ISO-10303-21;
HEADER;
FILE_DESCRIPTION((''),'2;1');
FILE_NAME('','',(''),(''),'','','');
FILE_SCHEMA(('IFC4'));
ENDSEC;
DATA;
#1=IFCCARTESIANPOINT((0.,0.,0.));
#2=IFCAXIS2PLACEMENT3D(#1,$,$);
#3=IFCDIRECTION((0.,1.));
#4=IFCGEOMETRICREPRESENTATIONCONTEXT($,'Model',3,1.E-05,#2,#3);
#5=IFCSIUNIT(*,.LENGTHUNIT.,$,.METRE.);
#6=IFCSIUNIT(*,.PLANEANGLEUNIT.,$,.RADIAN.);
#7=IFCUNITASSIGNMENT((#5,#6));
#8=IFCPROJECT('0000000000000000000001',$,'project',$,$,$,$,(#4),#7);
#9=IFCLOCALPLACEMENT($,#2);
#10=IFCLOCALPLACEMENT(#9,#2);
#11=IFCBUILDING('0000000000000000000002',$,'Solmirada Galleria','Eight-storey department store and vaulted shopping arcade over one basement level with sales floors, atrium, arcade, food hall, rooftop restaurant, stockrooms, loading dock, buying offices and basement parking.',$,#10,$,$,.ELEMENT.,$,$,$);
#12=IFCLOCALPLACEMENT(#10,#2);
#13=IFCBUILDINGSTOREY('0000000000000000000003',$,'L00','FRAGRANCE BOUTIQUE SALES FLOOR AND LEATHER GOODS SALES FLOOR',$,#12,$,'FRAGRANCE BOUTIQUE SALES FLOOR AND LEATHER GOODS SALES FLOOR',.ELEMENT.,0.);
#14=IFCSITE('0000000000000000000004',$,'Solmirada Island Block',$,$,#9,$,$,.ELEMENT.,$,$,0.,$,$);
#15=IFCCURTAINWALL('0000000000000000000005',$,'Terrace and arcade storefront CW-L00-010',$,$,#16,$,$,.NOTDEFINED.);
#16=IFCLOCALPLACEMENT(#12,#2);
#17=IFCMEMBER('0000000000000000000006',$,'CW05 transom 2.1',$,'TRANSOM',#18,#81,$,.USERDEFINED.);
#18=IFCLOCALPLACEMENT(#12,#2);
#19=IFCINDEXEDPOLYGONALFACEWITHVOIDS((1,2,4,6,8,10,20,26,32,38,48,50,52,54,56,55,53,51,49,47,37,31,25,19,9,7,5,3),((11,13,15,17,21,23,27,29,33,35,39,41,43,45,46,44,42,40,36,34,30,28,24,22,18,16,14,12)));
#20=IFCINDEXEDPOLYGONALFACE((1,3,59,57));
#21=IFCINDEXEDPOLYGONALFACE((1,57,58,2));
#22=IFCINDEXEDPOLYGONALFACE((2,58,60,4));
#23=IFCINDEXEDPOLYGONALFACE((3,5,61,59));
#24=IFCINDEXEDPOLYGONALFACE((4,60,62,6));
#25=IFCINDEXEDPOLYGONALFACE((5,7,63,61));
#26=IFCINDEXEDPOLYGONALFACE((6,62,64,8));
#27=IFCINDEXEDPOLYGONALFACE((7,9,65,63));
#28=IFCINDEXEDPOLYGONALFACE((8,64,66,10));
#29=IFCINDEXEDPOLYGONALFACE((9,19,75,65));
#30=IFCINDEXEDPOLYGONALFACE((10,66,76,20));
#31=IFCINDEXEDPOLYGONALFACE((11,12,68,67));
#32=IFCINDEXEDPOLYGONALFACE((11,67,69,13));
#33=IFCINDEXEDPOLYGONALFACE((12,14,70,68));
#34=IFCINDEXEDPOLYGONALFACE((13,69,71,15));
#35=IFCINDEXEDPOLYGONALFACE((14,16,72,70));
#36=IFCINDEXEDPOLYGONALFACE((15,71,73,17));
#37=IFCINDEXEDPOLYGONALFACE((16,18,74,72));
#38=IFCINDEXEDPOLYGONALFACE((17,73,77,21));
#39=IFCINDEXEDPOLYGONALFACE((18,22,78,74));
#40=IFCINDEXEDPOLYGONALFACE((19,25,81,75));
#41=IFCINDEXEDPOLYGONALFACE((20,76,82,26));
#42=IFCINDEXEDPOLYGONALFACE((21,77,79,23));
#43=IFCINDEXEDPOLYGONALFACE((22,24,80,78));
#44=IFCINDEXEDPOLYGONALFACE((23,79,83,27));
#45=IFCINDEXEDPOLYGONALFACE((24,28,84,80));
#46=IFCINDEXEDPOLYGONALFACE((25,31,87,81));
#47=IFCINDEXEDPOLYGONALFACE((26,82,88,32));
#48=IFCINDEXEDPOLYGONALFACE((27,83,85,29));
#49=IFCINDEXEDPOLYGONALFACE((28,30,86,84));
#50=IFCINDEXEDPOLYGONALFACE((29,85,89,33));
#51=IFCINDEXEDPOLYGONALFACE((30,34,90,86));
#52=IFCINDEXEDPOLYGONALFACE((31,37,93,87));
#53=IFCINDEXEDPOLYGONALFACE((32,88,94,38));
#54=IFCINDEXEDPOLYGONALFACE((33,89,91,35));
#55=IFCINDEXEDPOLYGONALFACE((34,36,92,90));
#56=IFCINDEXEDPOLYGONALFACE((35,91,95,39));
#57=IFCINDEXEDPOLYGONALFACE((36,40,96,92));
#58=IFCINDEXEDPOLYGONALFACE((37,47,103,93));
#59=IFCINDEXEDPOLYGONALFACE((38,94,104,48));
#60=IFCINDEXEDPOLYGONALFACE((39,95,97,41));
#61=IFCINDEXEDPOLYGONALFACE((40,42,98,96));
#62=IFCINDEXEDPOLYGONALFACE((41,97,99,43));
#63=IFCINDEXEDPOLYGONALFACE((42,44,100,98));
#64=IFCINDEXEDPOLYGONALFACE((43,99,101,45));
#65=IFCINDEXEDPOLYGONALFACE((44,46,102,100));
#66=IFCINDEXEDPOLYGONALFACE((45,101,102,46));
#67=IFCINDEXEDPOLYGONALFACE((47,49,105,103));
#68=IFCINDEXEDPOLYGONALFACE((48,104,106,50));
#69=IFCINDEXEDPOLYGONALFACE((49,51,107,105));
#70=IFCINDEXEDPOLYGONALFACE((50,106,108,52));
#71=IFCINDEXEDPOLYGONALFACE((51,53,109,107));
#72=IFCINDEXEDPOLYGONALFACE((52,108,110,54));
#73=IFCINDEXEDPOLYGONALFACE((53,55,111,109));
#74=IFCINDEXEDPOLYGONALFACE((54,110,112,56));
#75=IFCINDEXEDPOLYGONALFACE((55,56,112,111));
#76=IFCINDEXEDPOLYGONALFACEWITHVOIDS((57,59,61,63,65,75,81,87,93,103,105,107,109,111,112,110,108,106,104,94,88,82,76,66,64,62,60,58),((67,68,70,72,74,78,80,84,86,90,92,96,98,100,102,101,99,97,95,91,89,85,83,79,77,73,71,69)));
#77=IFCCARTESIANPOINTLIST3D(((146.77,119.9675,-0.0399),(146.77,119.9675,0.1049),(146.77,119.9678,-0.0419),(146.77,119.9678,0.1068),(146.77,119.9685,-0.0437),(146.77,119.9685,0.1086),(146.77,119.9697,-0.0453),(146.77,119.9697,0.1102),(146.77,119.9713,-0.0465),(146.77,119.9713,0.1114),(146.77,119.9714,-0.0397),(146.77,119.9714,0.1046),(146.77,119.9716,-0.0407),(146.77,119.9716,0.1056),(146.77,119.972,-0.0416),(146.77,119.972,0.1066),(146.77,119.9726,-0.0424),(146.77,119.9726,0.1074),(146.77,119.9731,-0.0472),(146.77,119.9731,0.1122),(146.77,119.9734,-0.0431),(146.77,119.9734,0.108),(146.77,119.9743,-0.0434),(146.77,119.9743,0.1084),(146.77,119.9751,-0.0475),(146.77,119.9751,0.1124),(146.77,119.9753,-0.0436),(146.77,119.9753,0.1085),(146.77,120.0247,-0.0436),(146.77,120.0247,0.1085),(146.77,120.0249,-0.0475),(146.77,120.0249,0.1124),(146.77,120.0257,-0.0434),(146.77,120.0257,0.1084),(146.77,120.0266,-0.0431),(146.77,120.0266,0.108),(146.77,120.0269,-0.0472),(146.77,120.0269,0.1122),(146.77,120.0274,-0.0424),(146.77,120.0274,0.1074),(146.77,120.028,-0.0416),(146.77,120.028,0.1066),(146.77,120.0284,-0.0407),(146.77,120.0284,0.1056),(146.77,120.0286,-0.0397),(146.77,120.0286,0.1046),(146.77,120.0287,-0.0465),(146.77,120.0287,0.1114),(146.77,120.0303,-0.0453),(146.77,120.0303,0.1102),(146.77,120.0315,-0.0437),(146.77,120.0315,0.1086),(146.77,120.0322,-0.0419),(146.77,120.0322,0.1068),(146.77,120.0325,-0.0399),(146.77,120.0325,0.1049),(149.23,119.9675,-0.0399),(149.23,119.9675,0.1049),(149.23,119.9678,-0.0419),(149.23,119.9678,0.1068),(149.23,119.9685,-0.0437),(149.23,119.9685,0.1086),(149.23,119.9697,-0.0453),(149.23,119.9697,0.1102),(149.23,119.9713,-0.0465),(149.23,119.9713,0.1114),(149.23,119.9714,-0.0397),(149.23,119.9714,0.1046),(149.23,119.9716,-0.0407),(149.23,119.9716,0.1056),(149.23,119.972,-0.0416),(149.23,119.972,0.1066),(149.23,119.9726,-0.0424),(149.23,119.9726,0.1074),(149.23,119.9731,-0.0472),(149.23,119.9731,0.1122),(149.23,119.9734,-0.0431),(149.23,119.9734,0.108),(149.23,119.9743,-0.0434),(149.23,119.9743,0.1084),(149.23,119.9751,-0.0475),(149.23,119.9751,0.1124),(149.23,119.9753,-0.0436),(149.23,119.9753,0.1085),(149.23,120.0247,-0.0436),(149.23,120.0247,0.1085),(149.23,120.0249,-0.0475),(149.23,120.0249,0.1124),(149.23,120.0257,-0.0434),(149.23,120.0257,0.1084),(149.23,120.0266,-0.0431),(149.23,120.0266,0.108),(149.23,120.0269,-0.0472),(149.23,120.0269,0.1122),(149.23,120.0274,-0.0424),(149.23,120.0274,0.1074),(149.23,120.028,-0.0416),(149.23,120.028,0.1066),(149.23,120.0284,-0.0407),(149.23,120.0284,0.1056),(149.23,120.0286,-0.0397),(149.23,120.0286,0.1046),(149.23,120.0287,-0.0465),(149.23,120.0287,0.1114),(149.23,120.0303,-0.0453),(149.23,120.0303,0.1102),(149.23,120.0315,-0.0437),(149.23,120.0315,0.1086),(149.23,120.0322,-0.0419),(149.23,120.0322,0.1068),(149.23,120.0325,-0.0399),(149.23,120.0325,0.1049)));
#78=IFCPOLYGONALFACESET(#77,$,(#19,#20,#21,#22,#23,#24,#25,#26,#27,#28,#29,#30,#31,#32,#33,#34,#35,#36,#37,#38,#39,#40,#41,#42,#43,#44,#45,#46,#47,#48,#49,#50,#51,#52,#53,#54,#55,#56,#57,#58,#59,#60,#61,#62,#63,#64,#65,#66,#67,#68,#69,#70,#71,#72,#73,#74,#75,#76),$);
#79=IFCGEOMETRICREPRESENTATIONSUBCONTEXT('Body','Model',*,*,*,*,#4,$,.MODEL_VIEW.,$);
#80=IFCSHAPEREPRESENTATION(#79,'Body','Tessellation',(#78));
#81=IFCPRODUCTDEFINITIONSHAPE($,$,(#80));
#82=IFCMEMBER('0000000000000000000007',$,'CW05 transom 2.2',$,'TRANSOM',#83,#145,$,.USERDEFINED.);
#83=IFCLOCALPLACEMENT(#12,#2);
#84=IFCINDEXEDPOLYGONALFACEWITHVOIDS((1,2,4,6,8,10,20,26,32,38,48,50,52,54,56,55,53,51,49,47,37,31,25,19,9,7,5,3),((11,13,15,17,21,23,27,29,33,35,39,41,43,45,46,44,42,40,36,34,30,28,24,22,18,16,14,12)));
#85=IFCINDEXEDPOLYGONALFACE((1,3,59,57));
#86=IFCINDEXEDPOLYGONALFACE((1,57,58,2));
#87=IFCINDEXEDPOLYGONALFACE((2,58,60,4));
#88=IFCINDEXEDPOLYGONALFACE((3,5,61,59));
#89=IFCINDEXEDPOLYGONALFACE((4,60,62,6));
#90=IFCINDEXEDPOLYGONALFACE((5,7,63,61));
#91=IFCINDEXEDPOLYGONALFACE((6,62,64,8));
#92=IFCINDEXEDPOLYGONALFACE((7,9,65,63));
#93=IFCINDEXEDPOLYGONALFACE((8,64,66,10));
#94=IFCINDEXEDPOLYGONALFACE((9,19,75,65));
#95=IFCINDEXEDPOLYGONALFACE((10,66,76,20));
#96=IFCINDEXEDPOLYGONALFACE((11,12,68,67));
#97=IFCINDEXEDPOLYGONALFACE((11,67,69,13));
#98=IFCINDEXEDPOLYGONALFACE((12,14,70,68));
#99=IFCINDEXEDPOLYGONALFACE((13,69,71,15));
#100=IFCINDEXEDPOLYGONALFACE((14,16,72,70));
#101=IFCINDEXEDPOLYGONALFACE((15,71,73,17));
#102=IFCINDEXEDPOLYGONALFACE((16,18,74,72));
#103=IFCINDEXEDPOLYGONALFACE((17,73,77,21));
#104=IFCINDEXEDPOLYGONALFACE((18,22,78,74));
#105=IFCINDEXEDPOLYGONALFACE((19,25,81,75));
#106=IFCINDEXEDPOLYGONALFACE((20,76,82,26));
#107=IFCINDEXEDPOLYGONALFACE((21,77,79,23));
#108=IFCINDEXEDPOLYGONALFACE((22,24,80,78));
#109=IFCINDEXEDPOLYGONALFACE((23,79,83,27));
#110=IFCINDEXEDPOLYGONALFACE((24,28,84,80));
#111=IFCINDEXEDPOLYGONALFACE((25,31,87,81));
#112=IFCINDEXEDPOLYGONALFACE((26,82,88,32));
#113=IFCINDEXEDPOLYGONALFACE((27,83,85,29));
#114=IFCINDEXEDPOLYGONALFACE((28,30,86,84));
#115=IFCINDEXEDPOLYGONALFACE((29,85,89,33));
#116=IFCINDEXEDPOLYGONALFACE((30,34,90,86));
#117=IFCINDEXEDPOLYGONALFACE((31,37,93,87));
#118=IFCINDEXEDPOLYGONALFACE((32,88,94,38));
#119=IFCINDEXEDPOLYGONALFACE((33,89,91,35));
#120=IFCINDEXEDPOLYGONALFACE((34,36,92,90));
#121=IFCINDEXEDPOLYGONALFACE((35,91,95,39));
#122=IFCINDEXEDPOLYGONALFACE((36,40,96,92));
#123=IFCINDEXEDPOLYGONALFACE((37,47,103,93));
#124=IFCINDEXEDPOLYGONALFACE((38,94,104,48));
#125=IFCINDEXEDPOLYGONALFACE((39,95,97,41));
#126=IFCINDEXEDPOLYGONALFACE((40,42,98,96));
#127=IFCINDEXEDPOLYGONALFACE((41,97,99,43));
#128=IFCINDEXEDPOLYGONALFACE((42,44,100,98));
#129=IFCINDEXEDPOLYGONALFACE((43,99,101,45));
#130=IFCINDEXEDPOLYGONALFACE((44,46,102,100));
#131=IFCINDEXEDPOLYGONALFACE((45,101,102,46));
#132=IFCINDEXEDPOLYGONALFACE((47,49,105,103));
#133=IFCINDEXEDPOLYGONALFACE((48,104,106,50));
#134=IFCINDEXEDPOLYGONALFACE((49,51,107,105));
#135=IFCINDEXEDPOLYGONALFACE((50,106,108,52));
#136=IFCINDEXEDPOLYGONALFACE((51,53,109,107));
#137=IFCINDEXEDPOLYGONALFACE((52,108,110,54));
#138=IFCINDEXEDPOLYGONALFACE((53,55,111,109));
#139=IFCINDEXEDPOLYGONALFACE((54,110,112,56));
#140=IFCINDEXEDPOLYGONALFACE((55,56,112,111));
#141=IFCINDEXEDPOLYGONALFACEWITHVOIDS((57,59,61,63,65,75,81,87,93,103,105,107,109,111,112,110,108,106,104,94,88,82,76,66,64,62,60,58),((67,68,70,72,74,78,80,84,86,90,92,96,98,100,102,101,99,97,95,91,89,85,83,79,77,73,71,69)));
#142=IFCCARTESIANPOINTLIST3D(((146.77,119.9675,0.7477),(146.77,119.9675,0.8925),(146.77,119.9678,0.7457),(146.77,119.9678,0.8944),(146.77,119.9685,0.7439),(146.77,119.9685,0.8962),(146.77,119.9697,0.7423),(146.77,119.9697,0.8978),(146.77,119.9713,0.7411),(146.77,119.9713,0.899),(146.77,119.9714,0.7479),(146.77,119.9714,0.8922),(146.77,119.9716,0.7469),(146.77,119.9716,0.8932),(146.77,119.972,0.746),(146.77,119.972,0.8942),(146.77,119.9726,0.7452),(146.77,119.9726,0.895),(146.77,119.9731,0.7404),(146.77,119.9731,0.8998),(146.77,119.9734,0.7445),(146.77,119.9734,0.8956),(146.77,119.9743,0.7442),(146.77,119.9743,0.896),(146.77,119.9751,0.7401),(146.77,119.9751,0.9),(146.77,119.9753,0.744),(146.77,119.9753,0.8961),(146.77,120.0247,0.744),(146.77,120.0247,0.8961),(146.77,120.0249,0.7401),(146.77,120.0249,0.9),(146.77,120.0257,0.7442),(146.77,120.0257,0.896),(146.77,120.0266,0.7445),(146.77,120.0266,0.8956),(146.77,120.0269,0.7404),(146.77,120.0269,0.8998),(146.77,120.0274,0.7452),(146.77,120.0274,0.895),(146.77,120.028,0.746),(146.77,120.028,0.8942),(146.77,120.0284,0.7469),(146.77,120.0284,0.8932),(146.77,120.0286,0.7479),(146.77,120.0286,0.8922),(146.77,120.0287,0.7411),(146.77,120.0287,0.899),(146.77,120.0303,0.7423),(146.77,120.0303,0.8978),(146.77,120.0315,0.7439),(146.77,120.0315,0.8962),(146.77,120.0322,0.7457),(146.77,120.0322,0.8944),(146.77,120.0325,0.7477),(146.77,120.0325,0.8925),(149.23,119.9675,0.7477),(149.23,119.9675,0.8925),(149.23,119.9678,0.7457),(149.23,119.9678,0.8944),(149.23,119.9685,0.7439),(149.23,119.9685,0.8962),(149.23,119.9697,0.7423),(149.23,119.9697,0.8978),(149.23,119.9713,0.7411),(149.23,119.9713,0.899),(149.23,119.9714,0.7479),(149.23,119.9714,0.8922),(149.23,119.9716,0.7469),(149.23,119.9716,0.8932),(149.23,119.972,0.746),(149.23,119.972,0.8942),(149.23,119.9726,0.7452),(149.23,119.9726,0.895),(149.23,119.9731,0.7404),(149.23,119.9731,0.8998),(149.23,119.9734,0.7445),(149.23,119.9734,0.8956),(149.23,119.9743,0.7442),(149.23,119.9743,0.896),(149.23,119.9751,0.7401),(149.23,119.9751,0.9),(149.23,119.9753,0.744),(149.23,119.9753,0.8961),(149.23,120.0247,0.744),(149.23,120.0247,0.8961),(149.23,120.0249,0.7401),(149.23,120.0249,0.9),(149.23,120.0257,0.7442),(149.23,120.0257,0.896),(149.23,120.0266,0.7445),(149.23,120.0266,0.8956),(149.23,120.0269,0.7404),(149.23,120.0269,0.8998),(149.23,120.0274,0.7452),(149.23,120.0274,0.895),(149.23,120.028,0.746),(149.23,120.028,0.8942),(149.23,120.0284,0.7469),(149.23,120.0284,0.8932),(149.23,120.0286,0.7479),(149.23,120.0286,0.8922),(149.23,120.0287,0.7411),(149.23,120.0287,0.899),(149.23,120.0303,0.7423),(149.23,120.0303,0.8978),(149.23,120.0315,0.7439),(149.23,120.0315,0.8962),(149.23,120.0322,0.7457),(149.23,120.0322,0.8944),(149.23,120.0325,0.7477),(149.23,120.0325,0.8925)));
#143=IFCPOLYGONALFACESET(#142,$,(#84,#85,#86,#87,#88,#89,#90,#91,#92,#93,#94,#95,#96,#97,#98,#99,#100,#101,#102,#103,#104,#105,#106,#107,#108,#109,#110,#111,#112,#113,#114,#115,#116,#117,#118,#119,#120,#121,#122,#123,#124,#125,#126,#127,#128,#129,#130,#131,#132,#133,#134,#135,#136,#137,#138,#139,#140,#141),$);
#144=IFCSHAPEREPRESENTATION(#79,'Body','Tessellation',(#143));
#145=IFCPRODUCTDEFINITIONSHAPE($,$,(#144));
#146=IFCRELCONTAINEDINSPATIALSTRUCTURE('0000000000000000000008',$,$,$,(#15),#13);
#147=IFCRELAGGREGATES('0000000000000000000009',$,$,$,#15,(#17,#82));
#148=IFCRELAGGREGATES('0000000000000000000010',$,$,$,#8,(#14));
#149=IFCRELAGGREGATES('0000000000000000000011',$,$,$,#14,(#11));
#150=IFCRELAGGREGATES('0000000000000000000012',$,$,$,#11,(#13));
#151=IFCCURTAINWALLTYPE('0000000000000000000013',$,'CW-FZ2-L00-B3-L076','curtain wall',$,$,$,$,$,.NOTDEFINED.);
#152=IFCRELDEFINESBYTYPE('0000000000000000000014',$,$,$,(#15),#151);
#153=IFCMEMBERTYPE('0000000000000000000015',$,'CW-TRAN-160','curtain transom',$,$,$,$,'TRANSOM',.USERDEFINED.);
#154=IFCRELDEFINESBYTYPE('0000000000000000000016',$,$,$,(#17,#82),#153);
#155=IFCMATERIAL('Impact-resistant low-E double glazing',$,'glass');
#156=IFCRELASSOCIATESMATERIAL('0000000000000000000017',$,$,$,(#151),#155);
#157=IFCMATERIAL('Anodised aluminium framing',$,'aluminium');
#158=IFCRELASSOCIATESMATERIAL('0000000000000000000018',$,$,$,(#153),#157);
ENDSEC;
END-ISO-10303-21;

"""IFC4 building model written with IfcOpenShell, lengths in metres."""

from ifc_helpers import new_model, si_unit, direction, frame, origin, origin_2d, place, context, subcontext, project, spatial, hollow_rectangle, extrude, material, material_profile, profile_set, type_object, element, aggregate, save


model = new_model("IFC4")

# Units and contexts
model_context = context("Model", 3, precision=1e-05, world=origin(), true_north=direction((0.0, 1.0)))
body_context = subcontext(model_context, "Body", "Model", "MODEL_VIEW")
ifc_project = project(units=[si_unit("LENGTHUNIT", "METRE"), si_unit("PLANEANGLEUNIT", "RADIAN")], contexts=[model_context])

# Site, building, storey
site_placement = place(None, origin())
site = spatial("IfcSite", under=ifc_project, at=site_placement, Name="Solmirada Island Block", CompositionType="ELEMENT", RefElevation=0.0)
building_placement = place(site_placement, origin())
building = spatial("IfcBuilding", under=site, at=building_placement, Name="Solmirada Galleria", Description="Eight-storey department store and vaulted shopping arcade over one basement level with sales floors, atrium, arcade, food hall, rooftop restaurant, stockrooms, loading dock, buying offices and basement parking.", CompositionType="ELEMENT")
storey_placement = place(building_placement, origin())
storey = spatial("IfcBuildingStorey", under=building, at=storey_placement, Name="L00", Description="FRAGRANCE BOUTIQUE SALES FLOOR AND LEATHER GOODS SALES FLOOR", LongName="FRAGRANCE BOUTIQUE SALES FLOOR AND LEATHER GOODS SALES FLOOR", CompositionType="ELEMENT", Elevation=0.0)

# Curtain wall
ifc_material_1 = material(Name="Impact-resistant low-E double glazing", Category="glass")
curtain_wall_type = type_object("IfcCurtainWallType", Name="CW-FZ2-L00-B3-L076", Description="curtain wall", PredefinedType="NOTDEFINED", material=ifc_material_1)
curtain_wall_1_placement = place(storey_placement, origin())
curtain_wall_1 = element("IfcCurtainWall", 1, at=curtain_wall_1_placement, inside=storey, type_object=curtain_wall_type, Name="Terrace and arcade storefront CW-L00-010", PredefinedType="NOTDEFINED")
ifc_material_2 = material(Name="Anodised aluminium framing", Category="aluminium")

# Members
ifc_material_profile_1 = material_profile(ifc_material_2, hollow_rectangle(XDim=0.0649, YDim=0.1599, WallThickness=0.0039, InnerFilletRadius=0.0039, OuterFilletRadius=0.0076, at=origin_2d()), Name="ALU-TRAN-160X65")
ifc_profile_set_1 = profile_set([ifc_material_profile_1], Name="Anodised aluminium framing")
member_type_1 = type_object("IfcMemberType", Name="CW-TRAN-160", Description="curtain transom", ElementType="TRANSOM", PredefinedType="USERDEFINED", material=ifc_profile_set_1)
member_1_placement = place(storey_placement, frame((146.77, 120.0, 0.0325), z_axis=(1.0, 0.0, 0.0), x_axis=(0.0, 1.0, 0.0)))
member_1 = element("IfcMember", 2, at=member_1_placement, type_object=member_type_1, Name="CW05 transom 2.1", ObjectType="TRANSOM", PredefinedType="USERDEFINED", context=body_context, shape_type="SweptSolid", body=[
    extrude(hollow_rectangle(XDim=0.0649, YDim=0.1599, WallThickness=0.0039, InnerFilletRadius=0.0039, OuterFilletRadius=0.0076, at=origin_2d()), origin(), (0.0, 0.0, 1.0), 2.46),
])
member_2_placement = place(storey_placement, frame((146.77, 120.0, 0.8201), z_axis=(1.0, 0.0, 0.0), x_axis=(0.0, 1.0, 0.0)))
member_2 = element("IfcMember", 3, at=member_2_placement, type_object=member_type_1, Name="CW05 transom 2.2", ObjectType="TRANSOM", PredefinedType="USERDEFINED", context=body_context, shape_type="SweptSolid", body=[
    extrude(hollow_rectangle(XDim=0.0649, YDim=0.1599, WallThickness=0.0039, InnerFilletRadius=0.0039, OuterFilletRadius=0.0076, at=origin_2d()), origin(), (0.0, 0.0, 1.0), 2.46),
])

aggregate(curtain_wall_1, [member_1, member_2])

save(model, "model.ifc")
